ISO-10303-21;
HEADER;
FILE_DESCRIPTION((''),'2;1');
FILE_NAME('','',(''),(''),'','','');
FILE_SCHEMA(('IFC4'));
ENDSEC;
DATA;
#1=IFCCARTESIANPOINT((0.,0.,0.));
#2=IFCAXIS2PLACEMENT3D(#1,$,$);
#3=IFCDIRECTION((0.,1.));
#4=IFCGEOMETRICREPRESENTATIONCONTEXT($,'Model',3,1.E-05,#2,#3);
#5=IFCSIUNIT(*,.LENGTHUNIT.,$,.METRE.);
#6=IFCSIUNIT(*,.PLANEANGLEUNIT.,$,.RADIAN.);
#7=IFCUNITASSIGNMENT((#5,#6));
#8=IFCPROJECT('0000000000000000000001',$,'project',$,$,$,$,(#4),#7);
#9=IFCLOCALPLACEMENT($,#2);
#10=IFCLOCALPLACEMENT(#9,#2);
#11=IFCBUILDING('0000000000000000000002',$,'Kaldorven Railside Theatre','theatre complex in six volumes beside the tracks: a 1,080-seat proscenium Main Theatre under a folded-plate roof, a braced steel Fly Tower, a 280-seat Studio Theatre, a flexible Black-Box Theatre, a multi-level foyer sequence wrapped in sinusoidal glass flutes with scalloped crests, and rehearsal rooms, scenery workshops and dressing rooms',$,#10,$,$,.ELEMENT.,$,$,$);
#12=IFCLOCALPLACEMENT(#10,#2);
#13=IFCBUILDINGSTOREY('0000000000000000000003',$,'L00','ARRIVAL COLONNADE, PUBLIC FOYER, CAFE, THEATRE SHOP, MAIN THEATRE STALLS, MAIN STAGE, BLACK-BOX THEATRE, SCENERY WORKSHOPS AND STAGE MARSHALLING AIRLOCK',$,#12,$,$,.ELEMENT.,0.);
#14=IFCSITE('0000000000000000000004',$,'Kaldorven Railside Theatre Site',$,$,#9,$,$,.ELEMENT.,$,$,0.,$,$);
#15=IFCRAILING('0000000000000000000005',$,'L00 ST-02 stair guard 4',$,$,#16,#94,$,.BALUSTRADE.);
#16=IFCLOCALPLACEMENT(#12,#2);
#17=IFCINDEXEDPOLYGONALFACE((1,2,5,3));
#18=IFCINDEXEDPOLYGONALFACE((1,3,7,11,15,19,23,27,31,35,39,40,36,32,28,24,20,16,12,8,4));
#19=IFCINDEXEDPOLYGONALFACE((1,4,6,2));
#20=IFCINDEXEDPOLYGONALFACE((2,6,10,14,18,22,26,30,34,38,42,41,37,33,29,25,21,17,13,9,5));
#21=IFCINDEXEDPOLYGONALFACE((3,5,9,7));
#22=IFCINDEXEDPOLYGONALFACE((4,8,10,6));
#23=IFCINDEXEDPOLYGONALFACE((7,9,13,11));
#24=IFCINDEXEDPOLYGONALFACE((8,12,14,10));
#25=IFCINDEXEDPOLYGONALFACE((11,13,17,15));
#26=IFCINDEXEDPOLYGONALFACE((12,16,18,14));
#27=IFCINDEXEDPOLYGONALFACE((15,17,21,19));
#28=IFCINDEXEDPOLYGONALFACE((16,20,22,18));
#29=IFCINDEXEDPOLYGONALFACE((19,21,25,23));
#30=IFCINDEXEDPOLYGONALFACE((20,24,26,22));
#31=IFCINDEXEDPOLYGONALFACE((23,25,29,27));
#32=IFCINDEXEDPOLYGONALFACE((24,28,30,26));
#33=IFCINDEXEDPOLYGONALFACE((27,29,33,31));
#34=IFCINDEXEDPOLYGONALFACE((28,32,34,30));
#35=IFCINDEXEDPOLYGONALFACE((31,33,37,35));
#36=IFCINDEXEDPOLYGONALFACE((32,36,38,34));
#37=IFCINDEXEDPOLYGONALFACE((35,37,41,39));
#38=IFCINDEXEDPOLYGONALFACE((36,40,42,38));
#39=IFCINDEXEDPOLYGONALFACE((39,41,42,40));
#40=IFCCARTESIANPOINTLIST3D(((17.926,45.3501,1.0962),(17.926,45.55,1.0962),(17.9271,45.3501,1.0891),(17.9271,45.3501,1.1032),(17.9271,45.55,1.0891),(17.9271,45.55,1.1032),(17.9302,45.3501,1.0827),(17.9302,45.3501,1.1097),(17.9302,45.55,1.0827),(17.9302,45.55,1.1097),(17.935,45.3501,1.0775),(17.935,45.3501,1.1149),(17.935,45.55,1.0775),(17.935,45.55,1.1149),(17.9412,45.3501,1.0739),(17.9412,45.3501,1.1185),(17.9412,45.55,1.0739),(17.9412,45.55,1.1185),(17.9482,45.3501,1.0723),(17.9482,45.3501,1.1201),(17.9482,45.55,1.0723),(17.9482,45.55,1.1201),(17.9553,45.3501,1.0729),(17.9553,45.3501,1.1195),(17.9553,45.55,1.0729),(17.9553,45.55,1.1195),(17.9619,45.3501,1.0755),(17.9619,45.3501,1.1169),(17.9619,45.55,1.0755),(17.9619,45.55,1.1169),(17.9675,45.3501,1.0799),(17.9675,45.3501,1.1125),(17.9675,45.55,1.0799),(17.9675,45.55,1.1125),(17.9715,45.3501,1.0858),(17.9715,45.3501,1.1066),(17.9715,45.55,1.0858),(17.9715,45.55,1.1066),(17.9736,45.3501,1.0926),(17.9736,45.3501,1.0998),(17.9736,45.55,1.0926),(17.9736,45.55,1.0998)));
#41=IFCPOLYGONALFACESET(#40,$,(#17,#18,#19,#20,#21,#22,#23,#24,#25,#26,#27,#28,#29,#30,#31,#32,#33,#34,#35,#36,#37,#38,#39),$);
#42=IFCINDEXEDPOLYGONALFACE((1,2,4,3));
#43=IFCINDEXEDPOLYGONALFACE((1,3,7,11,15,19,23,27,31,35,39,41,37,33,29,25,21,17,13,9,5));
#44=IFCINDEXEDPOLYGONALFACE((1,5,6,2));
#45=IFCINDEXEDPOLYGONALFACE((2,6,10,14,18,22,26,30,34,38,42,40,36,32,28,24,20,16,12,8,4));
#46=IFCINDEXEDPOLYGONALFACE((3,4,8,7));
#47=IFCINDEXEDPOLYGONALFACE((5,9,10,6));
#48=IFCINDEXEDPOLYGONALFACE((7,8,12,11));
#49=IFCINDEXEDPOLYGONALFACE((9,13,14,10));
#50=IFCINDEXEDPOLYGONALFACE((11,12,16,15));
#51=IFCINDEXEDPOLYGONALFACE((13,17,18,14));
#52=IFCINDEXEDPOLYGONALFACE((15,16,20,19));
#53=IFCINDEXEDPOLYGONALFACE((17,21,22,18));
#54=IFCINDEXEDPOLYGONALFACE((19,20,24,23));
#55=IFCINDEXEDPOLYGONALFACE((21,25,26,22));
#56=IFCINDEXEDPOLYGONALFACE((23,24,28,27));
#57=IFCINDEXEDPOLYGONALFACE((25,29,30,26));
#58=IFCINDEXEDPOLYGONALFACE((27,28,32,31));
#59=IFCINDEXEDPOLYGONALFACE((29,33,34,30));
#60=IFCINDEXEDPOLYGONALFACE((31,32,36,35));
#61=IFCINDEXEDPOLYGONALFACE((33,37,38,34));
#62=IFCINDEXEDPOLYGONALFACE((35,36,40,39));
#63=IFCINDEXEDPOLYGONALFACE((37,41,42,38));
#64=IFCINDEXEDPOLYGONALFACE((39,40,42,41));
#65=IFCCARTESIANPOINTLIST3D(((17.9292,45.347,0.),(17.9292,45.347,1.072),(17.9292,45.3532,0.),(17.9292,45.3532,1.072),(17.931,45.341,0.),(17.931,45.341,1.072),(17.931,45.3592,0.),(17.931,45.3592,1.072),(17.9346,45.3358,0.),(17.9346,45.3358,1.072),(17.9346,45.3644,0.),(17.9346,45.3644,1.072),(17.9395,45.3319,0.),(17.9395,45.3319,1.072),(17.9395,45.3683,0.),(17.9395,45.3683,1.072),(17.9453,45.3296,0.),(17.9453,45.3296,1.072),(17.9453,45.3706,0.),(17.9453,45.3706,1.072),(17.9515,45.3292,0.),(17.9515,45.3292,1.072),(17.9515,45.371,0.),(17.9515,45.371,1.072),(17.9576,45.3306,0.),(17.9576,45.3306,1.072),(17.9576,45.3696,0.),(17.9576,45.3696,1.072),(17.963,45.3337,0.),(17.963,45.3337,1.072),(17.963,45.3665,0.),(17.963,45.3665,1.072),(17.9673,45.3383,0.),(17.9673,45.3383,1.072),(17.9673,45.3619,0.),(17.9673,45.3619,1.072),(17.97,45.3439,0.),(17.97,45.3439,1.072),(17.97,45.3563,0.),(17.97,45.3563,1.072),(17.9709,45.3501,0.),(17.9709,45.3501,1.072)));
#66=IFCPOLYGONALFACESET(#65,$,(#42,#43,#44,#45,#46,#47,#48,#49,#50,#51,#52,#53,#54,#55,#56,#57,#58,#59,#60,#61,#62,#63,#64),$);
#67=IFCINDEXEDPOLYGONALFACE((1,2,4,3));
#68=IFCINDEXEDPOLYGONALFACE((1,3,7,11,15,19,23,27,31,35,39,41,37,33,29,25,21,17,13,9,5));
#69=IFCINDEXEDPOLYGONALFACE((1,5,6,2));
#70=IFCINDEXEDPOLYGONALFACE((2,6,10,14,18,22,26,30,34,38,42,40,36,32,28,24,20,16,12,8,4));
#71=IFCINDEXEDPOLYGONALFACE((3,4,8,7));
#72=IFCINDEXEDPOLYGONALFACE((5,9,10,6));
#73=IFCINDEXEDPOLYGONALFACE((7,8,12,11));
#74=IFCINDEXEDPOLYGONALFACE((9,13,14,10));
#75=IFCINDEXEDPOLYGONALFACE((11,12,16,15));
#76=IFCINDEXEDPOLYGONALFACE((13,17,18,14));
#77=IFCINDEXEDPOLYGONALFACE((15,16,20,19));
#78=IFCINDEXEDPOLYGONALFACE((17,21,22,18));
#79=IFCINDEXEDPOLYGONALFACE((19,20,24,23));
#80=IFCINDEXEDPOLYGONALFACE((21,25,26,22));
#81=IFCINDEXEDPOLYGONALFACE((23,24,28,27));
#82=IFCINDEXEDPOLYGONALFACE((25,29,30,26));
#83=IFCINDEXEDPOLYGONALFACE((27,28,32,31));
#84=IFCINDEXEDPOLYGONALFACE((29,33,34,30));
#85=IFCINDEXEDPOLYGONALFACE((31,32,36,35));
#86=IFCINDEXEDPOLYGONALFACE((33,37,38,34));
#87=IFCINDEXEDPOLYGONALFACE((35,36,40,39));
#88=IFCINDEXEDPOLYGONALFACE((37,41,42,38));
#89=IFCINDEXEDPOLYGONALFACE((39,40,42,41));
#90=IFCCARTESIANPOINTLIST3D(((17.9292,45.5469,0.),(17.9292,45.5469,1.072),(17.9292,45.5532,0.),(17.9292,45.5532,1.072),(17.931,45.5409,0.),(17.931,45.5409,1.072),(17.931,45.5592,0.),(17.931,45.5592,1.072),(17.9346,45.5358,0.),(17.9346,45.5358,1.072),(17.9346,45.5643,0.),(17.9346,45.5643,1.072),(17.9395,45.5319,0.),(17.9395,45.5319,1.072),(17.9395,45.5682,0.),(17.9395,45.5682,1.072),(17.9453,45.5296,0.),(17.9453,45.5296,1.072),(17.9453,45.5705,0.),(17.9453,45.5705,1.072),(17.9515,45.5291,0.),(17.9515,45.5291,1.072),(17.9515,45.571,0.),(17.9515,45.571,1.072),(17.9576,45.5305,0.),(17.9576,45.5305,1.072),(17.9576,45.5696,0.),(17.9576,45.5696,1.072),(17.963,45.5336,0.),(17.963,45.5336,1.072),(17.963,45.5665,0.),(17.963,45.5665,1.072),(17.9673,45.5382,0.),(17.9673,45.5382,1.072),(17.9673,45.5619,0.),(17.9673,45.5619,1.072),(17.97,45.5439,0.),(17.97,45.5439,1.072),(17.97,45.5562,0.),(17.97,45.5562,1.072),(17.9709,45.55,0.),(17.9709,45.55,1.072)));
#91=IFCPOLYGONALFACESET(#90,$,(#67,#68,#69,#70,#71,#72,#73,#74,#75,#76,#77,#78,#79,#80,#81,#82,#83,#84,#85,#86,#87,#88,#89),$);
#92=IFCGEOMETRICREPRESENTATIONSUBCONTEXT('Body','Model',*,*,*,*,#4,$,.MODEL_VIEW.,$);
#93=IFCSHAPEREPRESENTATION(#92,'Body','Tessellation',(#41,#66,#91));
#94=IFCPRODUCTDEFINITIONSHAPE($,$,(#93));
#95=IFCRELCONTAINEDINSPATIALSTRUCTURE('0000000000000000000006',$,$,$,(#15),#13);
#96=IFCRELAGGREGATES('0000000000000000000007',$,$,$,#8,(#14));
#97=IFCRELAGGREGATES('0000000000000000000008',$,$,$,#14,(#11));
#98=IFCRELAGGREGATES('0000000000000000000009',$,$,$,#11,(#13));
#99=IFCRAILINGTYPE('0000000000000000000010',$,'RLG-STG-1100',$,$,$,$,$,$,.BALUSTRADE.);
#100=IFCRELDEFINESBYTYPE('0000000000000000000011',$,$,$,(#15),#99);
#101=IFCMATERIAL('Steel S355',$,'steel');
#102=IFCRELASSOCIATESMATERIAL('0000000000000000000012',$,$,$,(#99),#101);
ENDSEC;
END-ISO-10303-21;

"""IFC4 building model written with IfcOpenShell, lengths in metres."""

from ifc_helpers import new_model, si_unit, direction, frame, origin, origin_2d, place, context, subcontext, project, spatial, circle, extrude, material, type_object, element, save


model = new_model("IFC4")

# Units and contexts
model_context = context("Model", 3, precision=1e-05, world=origin(), true_north=direction((0.0, 1.0)))
body_context = subcontext(model_context, "Body", "Model", "MODEL_VIEW")
ifc_project = project(units=[si_unit("LENGTHUNIT", "METRE"), si_unit("PLANEANGLEUNIT", "RADIAN")], contexts=[model_context])

# Site, building, storey
site_placement = place(None, origin())
site = spatial("IfcSite", under=ifc_project, at=site_placement, Name="Kaldorven Railside Theatre Site", CompositionType="ELEMENT", RefElevation=0.0)
building_placement = place(site_placement, origin())
building = spatial("IfcBuilding", under=site, at=building_placement, Name="Kaldorven Railside Theatre", Description="theatre complex in six volumes beside the tracks: a 1,080-seat proscenium Main Theatre under a folded-plate roof, a braced steel Fly Tower, a 280-seat Studio Theatre, a flexible Black-Box Theatre, a multi-level foyer sequence wrapped in sinusoidal glass flutes with scalloped crests, and rehearsal rooms, scenery workshops and dressing rooms", CompositionType="ELEMENT")
storey_placement = place(building_placement, origin())
storey = spatial("IfcBuildingStorey", under=building, at=storey_placement, Name="L00", Description="ARRIVAL COLONNADE, PUBLIC FOYER, CAFE, THEATRE SHOP, MAIN THEATRE STALLS, MAIN STAGE, BLACK-BOX THEATRE, SCENERY WORKSHOPS AND STAGE MARSHALLING AIRLOCK", CompositionType="ELEMENT", Elevation=0.0)

# Shared definitions
ifc_material_1 = material(Name="Steel S355", Category="steel")

# Railing
railing_type_1 = type_object("IfcRailingType", Name="RLG-STG-1100", PredefinedType="BALUSTRADE", material=ifc_material_1)
railing_1_placement = place(storey_placement, frame((17.95, 45.3501, 0.0)))
element("IfcRailing", 1, at=railing_1_placement, inside=storey, type_object=railing_type_1, Name="L00 ST-02 stair guard 4", PredefinedType="BALUSTRADE", context=body_context, shape_type="SweptSolid", body=[
    extrude(circle(Radius=0.0239, at=origin_2d()), frame((0.0, 0.0, 1.0962), z_axis=(0.0, 1.0, 0.0), x_axis=(-1.0, 0.0, 0.0)), (0.0, 0.0, 1.0), 0.2),
    extrude(circle(Radius=0.021, at=origin_2d()), origin(), (0.0, 0.0, 1.0), 1.072),
    extrude(circle(Radius=0.021, at=origin_2d()), frame((0.0, 0.2, 0.0)), (0.0, 0.0, 1.0), 1.072),
])

save(model, "model.ifc")
